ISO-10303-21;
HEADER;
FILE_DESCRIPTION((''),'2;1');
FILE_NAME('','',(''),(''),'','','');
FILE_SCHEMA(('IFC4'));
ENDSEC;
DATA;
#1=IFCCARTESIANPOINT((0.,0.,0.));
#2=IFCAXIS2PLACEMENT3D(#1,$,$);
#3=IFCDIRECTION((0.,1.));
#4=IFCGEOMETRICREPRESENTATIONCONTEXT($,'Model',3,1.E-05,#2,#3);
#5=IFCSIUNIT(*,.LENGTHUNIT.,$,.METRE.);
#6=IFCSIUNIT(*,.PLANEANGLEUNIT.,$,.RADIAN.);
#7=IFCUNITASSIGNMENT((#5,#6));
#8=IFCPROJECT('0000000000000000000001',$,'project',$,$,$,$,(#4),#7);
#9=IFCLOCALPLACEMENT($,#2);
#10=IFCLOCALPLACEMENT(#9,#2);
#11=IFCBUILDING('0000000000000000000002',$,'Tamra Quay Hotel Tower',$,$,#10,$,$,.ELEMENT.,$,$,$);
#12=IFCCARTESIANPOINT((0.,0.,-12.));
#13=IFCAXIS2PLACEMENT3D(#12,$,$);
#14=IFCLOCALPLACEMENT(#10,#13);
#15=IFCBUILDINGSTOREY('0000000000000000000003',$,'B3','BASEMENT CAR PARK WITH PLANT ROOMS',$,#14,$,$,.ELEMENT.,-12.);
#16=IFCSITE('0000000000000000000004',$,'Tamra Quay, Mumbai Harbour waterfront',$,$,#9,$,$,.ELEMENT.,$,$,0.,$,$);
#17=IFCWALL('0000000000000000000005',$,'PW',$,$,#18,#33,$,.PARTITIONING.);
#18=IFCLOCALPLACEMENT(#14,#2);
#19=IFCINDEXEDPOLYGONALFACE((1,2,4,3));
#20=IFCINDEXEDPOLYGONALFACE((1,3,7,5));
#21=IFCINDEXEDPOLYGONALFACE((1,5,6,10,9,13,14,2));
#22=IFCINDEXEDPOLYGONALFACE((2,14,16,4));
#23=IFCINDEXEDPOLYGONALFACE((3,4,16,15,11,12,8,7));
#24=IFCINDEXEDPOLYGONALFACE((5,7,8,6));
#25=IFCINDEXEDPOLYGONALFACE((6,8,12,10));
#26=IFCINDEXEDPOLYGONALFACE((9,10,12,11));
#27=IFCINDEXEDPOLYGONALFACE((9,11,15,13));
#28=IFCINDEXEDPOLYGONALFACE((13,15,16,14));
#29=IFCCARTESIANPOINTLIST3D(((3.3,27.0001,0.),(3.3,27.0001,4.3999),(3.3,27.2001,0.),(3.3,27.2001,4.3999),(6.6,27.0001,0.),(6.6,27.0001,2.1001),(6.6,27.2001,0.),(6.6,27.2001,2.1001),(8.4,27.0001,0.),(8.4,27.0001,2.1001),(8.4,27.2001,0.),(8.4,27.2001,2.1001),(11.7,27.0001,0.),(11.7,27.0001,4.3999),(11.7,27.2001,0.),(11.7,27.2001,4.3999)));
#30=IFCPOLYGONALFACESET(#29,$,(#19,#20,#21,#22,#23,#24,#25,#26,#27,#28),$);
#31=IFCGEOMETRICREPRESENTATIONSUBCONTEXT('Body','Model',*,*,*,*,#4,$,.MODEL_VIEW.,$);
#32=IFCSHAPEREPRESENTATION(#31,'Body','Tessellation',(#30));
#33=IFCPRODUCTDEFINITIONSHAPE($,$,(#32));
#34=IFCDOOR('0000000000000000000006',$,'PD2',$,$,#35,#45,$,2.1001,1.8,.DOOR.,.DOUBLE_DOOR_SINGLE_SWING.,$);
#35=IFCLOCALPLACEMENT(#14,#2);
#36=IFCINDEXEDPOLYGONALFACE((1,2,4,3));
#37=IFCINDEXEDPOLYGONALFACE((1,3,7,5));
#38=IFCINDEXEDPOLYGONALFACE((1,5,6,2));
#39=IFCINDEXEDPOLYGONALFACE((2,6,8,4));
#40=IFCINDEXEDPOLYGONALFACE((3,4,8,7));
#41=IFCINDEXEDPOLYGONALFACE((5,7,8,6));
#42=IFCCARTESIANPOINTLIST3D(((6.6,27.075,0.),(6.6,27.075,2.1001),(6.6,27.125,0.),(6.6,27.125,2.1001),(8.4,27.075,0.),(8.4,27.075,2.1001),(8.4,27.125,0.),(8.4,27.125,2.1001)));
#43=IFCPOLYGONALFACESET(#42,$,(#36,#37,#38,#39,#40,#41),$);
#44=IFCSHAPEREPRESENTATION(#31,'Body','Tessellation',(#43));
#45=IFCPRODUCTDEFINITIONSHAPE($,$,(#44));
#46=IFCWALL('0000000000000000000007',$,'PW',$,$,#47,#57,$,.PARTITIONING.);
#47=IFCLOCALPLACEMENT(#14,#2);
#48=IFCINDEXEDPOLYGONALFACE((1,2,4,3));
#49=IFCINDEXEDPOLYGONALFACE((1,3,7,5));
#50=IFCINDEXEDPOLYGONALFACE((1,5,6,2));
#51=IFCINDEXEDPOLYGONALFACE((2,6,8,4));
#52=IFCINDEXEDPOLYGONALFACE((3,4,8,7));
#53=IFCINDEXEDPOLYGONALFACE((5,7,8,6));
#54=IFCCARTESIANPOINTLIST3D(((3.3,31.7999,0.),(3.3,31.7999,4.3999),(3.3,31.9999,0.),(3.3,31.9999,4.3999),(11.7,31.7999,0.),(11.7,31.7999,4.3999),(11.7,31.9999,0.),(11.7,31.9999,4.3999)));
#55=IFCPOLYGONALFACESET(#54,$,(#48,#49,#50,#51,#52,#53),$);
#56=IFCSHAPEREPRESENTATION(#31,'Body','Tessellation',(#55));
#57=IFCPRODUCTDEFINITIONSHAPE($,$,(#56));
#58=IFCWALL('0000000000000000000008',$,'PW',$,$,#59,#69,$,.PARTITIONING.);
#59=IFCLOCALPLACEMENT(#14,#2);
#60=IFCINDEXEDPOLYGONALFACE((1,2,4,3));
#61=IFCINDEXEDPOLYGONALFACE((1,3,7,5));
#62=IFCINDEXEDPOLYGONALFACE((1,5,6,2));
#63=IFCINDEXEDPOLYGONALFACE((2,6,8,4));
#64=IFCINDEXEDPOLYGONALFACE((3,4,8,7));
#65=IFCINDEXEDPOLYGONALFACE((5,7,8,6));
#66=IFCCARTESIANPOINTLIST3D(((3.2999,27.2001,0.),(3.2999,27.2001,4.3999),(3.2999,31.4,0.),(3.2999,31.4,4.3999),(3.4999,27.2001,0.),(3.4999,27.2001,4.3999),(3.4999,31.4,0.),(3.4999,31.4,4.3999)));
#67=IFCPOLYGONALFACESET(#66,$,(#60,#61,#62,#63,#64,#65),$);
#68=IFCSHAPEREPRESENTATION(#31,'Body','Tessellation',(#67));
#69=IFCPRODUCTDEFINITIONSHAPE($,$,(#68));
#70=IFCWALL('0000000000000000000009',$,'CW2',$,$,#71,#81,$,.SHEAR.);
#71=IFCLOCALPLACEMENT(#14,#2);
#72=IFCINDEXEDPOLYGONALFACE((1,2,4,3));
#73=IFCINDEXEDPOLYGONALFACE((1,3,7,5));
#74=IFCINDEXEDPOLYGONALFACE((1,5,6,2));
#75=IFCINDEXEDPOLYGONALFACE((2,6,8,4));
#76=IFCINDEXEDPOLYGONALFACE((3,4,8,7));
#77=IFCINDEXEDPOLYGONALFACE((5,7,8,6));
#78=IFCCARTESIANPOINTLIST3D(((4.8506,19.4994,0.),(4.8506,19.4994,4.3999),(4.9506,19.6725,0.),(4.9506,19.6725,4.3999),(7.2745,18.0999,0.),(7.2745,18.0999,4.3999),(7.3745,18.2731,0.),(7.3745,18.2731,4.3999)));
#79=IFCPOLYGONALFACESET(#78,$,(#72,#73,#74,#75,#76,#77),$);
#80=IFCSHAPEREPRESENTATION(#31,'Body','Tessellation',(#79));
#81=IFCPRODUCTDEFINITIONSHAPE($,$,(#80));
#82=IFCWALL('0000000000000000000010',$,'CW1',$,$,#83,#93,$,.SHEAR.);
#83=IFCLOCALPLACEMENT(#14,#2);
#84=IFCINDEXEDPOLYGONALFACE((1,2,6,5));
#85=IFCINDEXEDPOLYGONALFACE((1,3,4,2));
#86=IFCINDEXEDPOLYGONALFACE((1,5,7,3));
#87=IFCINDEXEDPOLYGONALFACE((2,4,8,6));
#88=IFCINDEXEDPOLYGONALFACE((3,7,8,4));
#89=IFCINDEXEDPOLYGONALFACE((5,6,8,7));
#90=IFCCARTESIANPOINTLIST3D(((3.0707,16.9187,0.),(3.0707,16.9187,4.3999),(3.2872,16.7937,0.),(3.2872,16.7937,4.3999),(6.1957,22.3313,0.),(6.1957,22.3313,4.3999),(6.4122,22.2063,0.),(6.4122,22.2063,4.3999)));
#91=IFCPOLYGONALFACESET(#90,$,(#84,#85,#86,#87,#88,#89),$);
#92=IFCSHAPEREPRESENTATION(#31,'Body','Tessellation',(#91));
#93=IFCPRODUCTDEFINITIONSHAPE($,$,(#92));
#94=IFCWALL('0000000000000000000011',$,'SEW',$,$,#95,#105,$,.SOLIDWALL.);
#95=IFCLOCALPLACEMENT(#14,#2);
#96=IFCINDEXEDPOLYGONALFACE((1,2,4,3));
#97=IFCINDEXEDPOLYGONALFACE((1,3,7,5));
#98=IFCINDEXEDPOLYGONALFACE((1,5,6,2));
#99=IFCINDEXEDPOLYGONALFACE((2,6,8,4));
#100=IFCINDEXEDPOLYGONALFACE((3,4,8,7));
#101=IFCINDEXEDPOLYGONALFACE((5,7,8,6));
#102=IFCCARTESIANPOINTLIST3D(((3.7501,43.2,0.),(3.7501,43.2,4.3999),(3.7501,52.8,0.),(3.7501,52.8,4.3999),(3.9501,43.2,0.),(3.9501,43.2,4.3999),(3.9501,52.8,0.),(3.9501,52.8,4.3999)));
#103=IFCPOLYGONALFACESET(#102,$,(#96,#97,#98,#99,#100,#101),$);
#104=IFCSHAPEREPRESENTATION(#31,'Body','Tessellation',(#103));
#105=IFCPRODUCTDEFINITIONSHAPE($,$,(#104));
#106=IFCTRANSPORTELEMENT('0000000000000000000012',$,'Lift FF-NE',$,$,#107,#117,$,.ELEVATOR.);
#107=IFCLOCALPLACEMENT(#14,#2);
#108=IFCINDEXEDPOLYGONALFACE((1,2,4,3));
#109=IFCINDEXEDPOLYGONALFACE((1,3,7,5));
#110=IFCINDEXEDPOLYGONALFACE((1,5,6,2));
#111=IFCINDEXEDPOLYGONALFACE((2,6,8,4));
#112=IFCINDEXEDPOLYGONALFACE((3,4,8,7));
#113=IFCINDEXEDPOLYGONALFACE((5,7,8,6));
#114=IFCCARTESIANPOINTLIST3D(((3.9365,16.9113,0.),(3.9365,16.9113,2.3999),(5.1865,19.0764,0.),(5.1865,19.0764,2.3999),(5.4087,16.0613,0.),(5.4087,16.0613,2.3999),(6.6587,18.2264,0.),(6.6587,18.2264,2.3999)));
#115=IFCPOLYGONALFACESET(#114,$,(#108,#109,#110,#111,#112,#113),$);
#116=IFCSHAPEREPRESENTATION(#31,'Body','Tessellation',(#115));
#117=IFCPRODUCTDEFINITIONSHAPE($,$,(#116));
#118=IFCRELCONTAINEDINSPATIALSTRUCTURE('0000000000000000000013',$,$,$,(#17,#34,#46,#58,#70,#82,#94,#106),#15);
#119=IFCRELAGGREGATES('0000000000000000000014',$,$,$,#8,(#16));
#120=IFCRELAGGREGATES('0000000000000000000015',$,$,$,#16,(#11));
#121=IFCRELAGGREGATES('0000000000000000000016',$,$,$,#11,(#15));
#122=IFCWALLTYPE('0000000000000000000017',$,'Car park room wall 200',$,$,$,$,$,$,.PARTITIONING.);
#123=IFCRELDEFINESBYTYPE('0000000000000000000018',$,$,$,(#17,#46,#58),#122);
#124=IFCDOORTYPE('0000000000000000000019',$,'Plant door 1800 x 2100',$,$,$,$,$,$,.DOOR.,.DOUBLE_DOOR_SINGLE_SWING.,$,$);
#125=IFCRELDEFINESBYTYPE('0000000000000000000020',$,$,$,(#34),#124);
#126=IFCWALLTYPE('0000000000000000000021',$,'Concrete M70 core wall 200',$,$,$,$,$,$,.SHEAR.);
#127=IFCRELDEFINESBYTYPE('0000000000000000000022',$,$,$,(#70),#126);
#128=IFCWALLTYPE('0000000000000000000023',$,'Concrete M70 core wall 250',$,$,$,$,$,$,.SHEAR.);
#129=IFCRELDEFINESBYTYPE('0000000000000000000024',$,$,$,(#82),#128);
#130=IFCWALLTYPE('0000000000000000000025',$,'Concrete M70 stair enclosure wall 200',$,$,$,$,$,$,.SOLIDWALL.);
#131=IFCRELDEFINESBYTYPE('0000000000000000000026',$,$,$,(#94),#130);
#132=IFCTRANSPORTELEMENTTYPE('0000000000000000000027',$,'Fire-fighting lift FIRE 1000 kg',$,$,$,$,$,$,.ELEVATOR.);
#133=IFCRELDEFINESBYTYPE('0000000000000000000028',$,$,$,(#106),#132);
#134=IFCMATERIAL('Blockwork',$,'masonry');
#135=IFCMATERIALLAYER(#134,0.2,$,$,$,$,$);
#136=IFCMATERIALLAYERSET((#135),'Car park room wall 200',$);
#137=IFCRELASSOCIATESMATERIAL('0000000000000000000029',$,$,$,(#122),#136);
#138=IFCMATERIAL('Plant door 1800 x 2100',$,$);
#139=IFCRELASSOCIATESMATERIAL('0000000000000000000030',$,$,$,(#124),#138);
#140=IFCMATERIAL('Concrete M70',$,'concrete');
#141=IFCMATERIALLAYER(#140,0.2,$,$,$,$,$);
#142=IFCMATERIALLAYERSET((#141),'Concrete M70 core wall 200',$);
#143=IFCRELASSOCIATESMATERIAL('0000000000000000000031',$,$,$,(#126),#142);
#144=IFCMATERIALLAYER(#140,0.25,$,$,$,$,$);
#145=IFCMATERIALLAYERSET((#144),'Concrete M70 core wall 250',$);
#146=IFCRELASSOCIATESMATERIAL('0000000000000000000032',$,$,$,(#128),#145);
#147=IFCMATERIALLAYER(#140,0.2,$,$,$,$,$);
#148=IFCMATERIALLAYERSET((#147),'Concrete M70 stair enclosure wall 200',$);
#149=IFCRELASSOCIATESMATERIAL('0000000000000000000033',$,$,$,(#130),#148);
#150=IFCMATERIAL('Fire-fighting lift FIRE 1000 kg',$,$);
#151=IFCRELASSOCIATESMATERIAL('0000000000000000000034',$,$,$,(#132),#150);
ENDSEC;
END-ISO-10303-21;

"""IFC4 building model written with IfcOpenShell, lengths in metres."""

from ifc_helpers import new_model, si_unit, direction, frame, frame_2d, origin, origin_2d, place, context, subcontext, project, spatial, rectangle, extrude, material, layer, layer_set, type_object, element, fill, save


model = new_model("IFC4")

# Units and contexts
model_context = context("Model", 3, precision=1e-05, world=origin(), true_north=direction((0.0, 1.0)))
body_context = subcontext(model_context, "Body", "Model", "MODEL_VIEW")
ifc_project = project(units=[si_unit("LENGTHUNIT", "METRE"), si_unit("PLANEANGLEUNIT", "RADIAN")], contexts=[model_context])

# Site, building, storey
site_placement = place(None, origin())
site = spatial("IfcSite", under=ifc_project, at=site_placement, Name="Tamra Quay, Mumbai Harbour waterfront", CompositionType="ELEMENT", RefElevation=0.0)
building_placement = place(site_placement, origin())
building = spatial("IfcBuilding", under=site, at=building_placement, Name="Tamra Quay Hotel Tower", CompositionType="ELEMENT")
storey_placement = place(building_placement, frame((0.0, 0.0, -12.0)))
storey = spatial("IfcBuildingStorey", under=building, at=storey_placement, Name="B3", Description="BASEMENT CAR PARK WITH PLANT ROOMS", CompositionType="ELEMENT", Elevation=-12.0)

# Shared definitions
ifc_material_1 = material(Name="Concrete M70", Category="concrete")

# Shared definitions
ifc_material_2 = material(Name="Blockwork", Category="masonry")
ifc_layer_1 = layer(ifc_material_2, 0.2)
ifc_layer_set_1 = layer_set([ifc_layer_1], Name="Car park room wall 200")
wall_type_1 = type_object("IfcWallType", Name="Car park room wall 200", PredefinedType="PARTITIONING", material=ifc_layer_set_1)

# Wall, opening, door
wall_1_placement = place(storey_placement, frame((3.3, 27.1001, 0.0), z_axis=(0.0, 0.0, 1.0), x_axis=(1.0, 0.0, 0.0)))
wall_1 = element("IfcWall", 1, at=wall_1_placement, inside=storey, type_object=wall_type_1, Name="PW", PredefinedType="PARTITIONING", context=body_context, shape_type="SweptSolid", body=[
    extrude(rectangle(XDim=8.3999, YDim=0.2, at=frame_2d((4.2, 0.0))), origin(), (0.0, 0.0, 1.0), 4.3999),
])
opening_placement = place(wall_1_placement, frame((3.3, 0.0, 0.0)))
opening = element("IfcOpeningElement", 2, at=opening_placement, cuts=wall_1, PredefinedType="OPENING", context=body_context, shape_type="SweptSolid", body=[
    extrude(rectangle(XDim=1.8, YDim=2.1001, at=frame_2d((0.8999, 1.05))), frame((0.0, 0.1099, 0.0), z_axis=(0.0, -1.0, 0.0), x_axis=(1.0, 0.0, 0.0)), (0.0, 0.0, 1.0), 0.22),
])
ifc_material_3 = material(Name="Plant door 1800 x 2100")
door_type = type_object("IfcDoorType", Name="Plant door 1800 x 2100", OperationType="DOUBLE_DOOR_SINGLE_SWING", PredefinedType="DOOR", material=ifc_material_3)
door_placement = place(opening_placement, origin())
door = element("IfcDoor", 3, at=door_placement, inside=storey, type_object=door_type, Name="PD2", OperationType="DOUBLE_DOOR_SINGLE_SWING", OverallHeight=2.1001, OverallWidth=1.8, PredefinedType="DOOR", context=body_context, shape_type="SweptSolid", body=[
    extrude(rectangle(XDim=1.8, YDim=2.1001, at=frame_2d((0.8999, 1.05))), frame((0.0, 0.0249, 0.0), z_axis=(0.0, -1.0, 0.0), x_axis=(1.0, 0.0, 0.0)), (0.0, 0.0, 1.0), 0.05),
])
fill(opening, door)

# Walls
wall_2_placement = place(storey_placement, frame((3.3, 31.8999, 0.0), z_axis=(0.0, 0.0, 1.0), x_axis=(1.0, 0.0, 0.0)))
element("IfcWall", 4, at=wall_2_placement, inside=storey, type_object=wall_type_1, Name="PW", PredefinedType="PARTITIONING", context=body_context, shape_type="SweptSolid", body=[
    extrude(rectangle(XDim=8.3999, YDim=0.2, at=frame_2d((4.2, 0.0))), origin(), (0.0, 0.0, 1.0), 4.3999),
])
wall_3_placement = place(storey_placement, frame((3.3999, 27.2, 0.0), z_axis=(0.0, 0.0, 1.0), x_axis=(0.0, 1.0, 0.0)))
element("IfcWall", 5, at=wall_3_placement, inside=storey, type_object=wall_type_1, Name="PW", PredefinedType="PARTITIONING", context=body_context, shape_type="SweptSolid", body=[
    extrude(rectangle(XDim=4.2, YDim=0.2, at=frame_2d((2.1001, 0.0))), origin(), (0.0, 0.0, 1.0), 4.3999),
])
ifc_layer_2 = layer(ifc_material_1, 0.2)
ifc_layer_set_2 = layer_set([ifc_layer_2], Name="Concrete M70 core wall 200")
wall_type_2 = type_object("IfcWallType", Name="Concrete M70 core wall 200", PredefinedType="SHEAR", material=ifc_layer_set_2)
wall_4_placement = place(storey_placement, frame((4.9006, 19.5859, 0.0), z_axis=(0.0, 0.0, 1.0), x_axis=(0.866023, -0.500004, 0.0)))
element("IfcWall", 6, at=wall_4_placement, inside=storey, type_object=wall_type_2, Name="CW2", PredefinedType="SHEAR", context=body_context, shape_type="SweptSolid", body=[
    extrude(rectangle(XDim=2.7988, YDim=0.2, at=frame_2d((1.3994, 0.0))), origin(), (0.0, 0.0, 1.0), 4.3999),
])
ifc_layer_3 = layer(ifc_material_1, 0.25)
ifc_layer_set_3 = layer_set([ifc_layer_3], Name="Concrete M70 core wall 250")
wall_type_3 = type_object("IfcWallType", Name="Concrete M70 core wall 250", PredefinedType="SHEAR", material=ifc_layer_set_3)
wall_5_placement = place(storey_placement, frame((3.179, 16.8562, 0.0), z_axis=(0.0, 0.0, 1.0), x_axis=(0.500004, 0.866023, 0.0)))
element("IfcWall", 7, at=wall_5_placement, inside=storey, type_object=wall_type_3, Name="CW1", PredefinedType="SHEAR", context=body_context, shape_type="SweptSolid", body=[
    extrude(rectangle(XDim=6.25, YDim=0.25, at=frame_2d((3.125, 0.0))), origin(), (0.0, 0.0, 1.0), 4.3999),
])
ifc_layer_4 = layer(ifc_material_1, 0.2)
ifc_layer_set_4 = layer_set([ifc_layer_4], Name="Concrete M70 stair enclosure wall 200")
wall_type_4 = type_object("IfcWallType", Name="Concrete M70 stair enclosure wall 200", PredefinedType="SOLIDWALL", material=ifc_layer_set_4)
wall_6_placement = place(storey_placement, frame((3.8501, 43.2, 0.0), z_axis=(0.0, 0.0, 1.0), x_axis=(0.0, 1.0, 0.0)))
element("IfcWall", 8, at=wall_6_placement, inside=storey, type_object=wall_type_4, Name="SEW", PredefinedType="SOLIDWALL", context=body_context, shape_type="SweptSolid", body=[
    extrude(rectangle(XDim=9.6001, YDim=0.2, at=frame_2d((4.8, 0.0))), origin(), (0.0, 0.0, 1.0), 4.3999),
])

# Transport element
ifc_material_4 = material(Name="Fire-fighting lift FIRE 1000 kg")
transport_element_type = type_object("IfcTransportElementType", Name="Fire-fighting lift FIRE 1000 kg", PredefinedType="ELEVATOR", material=ifc_material_4)
transport_element_placement = place(storey_placement, frame((5.2976, 17.5688, 0.0), z_axis=(0.0, 0.0, 1.0), x_axis=(0.866025, -0.5, 0.0)))
element("IfcTransportElement", 9, at=transport_element_placement, inside=storey, type_object=transport_element_type, Name="Lift FF-NE", PredefinedType="ELEVATOR", context=body_context, shape_type="SweptSolid", body=[
    extrude(rectangle(XDim=1.7, YDim=2.5, at=origin_2d()), origin(), (0.0, 0.0, 1.0), 2.3999),
])

save(model, "model.ifc")
